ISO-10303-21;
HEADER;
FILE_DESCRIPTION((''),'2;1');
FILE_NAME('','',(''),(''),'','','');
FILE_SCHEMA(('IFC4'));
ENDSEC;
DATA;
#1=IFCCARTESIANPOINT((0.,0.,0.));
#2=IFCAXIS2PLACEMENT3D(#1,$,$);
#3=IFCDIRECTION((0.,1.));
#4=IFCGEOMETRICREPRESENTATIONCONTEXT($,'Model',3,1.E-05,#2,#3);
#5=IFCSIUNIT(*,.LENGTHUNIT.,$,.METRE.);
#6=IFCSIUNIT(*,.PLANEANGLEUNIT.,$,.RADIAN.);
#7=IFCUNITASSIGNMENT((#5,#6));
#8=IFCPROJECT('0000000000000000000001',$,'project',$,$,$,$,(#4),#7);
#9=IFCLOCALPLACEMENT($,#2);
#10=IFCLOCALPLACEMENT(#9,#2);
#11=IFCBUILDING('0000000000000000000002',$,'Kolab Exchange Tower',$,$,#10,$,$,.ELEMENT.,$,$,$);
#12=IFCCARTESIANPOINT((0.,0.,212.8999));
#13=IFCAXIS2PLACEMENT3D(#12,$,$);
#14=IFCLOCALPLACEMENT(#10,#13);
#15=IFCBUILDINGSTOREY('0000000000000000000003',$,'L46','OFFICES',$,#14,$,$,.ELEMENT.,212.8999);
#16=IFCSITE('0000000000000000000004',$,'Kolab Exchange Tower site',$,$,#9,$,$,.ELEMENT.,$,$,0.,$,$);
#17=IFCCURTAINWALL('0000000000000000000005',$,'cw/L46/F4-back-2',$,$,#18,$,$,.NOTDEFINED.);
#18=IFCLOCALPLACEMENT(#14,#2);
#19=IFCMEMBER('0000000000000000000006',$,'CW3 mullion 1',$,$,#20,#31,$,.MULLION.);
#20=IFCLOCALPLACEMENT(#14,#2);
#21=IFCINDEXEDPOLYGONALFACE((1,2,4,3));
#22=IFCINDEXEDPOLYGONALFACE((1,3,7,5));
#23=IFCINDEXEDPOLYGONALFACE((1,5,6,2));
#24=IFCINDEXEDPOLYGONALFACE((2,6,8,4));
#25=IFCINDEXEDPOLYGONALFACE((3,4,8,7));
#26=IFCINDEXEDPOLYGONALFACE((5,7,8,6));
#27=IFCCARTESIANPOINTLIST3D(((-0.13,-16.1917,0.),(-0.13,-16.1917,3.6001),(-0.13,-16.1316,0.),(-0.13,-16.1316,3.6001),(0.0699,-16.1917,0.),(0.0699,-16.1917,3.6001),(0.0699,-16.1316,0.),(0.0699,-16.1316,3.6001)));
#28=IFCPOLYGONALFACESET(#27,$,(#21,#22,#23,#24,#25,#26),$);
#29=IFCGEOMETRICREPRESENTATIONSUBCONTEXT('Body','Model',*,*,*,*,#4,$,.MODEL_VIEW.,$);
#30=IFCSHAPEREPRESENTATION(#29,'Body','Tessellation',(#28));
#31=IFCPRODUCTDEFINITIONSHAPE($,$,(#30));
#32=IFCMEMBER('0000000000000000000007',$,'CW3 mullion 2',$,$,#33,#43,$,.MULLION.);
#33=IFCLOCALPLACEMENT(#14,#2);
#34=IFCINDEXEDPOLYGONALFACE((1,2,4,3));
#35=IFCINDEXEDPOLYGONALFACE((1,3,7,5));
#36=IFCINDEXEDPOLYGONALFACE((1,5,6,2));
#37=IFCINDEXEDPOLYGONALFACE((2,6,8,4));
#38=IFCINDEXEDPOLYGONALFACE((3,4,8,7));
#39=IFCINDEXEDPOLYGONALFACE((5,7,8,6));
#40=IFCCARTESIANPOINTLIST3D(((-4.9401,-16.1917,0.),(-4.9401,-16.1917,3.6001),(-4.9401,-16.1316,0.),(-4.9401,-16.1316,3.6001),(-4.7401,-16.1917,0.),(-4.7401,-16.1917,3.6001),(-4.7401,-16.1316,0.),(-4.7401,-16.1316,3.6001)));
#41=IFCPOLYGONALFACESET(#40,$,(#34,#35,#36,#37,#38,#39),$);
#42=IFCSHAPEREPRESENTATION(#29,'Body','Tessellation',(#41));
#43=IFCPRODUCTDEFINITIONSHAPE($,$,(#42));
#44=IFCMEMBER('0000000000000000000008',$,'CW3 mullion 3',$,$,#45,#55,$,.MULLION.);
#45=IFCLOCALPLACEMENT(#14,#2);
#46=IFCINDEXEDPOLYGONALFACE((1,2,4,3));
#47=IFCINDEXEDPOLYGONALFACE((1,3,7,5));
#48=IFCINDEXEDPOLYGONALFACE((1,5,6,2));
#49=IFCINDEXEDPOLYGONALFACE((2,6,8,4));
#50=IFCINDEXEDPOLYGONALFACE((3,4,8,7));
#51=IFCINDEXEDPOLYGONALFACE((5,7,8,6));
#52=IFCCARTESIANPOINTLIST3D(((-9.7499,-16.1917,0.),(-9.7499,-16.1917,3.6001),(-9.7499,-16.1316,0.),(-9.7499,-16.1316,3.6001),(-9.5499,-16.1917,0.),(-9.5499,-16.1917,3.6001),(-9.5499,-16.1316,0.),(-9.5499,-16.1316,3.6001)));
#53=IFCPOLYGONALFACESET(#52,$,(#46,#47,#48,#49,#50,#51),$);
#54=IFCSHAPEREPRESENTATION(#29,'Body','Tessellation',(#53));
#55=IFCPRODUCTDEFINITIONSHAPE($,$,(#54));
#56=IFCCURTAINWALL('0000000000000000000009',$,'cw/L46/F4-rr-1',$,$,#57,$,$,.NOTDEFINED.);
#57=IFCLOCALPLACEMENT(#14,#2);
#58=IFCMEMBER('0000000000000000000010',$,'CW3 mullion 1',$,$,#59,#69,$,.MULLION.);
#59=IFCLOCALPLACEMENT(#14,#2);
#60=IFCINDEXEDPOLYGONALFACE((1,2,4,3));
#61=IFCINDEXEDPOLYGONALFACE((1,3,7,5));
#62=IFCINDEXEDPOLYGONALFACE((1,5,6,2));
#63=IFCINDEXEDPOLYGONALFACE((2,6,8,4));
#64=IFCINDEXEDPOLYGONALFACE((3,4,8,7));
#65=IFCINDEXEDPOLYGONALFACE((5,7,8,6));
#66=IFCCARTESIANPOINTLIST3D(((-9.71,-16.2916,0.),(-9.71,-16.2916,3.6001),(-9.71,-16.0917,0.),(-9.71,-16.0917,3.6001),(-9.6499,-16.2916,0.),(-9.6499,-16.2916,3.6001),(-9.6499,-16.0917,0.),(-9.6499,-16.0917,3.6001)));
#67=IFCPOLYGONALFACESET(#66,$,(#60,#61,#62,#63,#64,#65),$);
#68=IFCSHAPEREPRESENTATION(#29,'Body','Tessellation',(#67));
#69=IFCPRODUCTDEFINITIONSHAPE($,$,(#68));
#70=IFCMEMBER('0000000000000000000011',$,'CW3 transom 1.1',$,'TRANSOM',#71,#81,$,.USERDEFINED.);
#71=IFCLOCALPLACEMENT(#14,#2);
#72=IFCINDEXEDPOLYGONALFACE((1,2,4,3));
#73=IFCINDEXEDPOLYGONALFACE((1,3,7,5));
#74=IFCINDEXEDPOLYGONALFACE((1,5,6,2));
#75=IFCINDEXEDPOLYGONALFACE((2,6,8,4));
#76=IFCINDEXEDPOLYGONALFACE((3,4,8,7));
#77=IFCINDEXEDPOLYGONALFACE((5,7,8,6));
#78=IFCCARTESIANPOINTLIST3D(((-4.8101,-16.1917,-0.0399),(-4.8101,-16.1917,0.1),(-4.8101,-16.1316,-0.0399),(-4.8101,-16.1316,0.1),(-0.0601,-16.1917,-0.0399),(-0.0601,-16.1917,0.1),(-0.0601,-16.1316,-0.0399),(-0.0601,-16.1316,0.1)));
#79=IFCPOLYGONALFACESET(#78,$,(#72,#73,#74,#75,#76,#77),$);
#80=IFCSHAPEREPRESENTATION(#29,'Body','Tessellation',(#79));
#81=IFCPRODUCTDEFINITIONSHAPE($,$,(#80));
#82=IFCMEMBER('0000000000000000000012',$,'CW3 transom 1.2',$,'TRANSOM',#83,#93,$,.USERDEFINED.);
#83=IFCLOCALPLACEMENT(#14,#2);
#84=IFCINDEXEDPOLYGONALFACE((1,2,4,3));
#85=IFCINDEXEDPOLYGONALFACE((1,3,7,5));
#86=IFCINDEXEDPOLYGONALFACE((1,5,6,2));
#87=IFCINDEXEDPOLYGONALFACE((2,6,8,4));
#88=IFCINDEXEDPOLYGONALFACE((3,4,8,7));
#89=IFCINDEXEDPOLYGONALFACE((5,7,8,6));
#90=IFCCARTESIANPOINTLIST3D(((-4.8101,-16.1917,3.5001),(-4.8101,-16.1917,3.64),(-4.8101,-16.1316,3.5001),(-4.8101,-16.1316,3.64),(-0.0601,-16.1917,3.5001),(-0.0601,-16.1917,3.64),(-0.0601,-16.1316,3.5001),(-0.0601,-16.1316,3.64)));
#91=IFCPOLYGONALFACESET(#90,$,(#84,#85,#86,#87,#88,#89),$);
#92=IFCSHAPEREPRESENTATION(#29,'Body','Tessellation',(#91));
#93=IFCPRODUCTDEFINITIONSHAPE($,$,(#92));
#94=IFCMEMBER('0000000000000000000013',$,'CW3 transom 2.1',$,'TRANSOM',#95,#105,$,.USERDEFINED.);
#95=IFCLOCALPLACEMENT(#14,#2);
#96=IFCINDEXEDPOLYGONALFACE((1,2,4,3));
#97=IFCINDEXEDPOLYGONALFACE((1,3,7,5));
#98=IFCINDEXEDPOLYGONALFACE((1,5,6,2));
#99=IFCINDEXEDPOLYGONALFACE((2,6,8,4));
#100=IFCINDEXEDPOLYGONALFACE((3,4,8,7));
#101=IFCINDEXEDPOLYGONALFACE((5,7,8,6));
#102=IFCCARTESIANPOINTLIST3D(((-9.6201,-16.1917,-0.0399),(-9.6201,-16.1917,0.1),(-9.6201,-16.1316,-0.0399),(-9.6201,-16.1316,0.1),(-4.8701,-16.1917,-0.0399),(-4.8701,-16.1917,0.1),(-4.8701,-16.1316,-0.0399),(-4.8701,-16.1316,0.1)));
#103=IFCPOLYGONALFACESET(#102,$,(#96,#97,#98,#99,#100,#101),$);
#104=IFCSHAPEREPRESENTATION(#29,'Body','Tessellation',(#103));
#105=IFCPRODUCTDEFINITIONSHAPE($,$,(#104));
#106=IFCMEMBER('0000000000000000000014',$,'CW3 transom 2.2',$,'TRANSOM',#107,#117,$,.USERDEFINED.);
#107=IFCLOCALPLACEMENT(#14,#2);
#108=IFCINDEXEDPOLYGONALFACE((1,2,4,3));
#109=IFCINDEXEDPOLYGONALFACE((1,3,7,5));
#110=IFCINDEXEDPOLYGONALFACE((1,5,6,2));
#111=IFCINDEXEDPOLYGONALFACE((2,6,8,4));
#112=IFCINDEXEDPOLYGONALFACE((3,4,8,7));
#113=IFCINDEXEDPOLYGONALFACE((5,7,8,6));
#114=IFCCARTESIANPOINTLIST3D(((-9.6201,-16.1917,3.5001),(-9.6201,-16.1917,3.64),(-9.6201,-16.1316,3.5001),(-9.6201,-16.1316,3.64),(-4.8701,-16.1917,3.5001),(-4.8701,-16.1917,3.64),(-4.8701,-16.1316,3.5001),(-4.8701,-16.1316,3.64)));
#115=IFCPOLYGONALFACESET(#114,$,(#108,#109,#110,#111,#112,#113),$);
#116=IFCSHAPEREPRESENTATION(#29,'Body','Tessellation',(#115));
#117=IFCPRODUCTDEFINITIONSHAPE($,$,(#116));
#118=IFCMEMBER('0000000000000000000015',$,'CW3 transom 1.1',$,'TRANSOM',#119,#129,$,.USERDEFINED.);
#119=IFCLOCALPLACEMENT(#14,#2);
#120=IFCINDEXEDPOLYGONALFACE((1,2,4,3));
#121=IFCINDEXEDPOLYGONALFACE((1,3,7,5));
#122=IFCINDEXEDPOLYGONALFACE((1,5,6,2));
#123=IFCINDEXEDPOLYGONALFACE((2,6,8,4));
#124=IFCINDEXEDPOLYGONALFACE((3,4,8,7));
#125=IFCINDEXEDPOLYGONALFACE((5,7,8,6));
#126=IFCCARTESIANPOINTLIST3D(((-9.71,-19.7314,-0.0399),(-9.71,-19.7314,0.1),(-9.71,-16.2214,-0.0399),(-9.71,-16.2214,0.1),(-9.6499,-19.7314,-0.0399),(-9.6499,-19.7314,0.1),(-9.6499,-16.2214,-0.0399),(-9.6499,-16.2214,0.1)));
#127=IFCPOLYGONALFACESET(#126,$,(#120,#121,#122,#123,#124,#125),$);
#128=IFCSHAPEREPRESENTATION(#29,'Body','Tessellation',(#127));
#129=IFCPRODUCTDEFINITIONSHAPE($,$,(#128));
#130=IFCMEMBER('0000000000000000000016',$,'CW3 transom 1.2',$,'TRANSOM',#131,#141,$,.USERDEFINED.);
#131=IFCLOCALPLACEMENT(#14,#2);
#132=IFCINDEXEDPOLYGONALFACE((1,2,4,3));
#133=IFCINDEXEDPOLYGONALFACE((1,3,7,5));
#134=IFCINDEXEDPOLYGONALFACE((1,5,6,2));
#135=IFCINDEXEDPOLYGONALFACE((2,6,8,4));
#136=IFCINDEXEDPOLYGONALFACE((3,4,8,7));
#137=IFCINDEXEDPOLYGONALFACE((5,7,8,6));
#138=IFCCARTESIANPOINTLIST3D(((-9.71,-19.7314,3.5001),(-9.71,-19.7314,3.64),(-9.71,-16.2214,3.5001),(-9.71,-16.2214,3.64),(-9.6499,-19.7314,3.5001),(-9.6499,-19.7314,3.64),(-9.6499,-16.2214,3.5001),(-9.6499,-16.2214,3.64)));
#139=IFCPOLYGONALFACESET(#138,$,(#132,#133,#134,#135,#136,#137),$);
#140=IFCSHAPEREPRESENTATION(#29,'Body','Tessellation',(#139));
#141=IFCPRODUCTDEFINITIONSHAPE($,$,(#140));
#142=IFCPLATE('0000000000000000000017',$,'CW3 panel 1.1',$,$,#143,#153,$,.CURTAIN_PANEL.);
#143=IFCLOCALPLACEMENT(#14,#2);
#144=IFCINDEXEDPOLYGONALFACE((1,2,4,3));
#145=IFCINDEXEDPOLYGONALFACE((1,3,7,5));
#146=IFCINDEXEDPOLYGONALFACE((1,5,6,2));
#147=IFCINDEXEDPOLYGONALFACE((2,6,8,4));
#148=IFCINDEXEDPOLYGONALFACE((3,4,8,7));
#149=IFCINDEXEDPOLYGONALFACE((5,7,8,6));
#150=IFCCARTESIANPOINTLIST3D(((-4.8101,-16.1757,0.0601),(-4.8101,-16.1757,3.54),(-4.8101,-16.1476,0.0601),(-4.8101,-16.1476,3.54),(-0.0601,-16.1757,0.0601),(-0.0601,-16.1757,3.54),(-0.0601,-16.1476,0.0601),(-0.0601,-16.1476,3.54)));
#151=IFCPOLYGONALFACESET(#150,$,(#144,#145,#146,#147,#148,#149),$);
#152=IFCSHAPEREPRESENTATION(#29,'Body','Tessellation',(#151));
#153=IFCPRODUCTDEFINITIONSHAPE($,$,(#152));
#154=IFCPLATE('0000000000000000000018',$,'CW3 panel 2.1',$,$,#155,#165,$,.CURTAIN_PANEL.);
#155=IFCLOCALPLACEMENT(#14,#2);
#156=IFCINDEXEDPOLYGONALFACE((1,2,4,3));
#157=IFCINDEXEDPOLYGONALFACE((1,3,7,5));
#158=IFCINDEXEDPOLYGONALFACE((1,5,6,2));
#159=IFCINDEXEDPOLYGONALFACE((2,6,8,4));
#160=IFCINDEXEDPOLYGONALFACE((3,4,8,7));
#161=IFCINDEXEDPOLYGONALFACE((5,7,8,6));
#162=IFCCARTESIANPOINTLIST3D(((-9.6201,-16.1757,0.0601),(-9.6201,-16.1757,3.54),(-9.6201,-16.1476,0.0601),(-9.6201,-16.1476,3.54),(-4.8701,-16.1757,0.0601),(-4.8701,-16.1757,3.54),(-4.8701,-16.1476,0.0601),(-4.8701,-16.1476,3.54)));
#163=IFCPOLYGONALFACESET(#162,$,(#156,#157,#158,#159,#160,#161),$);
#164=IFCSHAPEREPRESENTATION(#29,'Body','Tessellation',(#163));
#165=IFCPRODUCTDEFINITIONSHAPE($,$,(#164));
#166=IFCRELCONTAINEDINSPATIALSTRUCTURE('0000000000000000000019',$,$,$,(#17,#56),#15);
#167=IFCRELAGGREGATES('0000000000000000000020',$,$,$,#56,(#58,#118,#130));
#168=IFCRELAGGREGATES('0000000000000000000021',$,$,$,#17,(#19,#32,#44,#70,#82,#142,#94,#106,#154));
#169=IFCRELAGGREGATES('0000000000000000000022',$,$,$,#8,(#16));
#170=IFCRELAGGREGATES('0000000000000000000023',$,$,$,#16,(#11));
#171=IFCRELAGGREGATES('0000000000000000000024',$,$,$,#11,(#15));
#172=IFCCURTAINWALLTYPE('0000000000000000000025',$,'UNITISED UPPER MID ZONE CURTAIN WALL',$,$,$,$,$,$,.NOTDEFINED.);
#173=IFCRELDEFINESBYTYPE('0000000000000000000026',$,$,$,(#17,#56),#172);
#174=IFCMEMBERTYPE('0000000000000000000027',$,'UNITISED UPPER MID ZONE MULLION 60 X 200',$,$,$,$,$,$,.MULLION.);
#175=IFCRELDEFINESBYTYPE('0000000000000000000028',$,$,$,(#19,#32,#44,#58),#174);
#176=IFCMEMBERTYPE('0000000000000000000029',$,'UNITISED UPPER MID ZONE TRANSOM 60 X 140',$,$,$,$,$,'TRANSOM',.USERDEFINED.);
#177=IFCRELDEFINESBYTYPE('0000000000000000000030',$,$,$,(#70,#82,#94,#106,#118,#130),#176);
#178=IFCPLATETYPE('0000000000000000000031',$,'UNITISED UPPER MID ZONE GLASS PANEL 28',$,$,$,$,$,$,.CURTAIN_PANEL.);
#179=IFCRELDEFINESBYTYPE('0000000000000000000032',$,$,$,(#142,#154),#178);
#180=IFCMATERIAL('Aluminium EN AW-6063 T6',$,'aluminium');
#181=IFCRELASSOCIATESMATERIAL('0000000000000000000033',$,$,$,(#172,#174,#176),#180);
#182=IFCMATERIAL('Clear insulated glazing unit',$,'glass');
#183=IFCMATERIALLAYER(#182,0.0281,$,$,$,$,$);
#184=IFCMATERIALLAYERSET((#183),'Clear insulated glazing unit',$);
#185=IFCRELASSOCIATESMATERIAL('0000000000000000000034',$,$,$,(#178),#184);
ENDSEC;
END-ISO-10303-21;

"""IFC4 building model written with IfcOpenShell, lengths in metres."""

from ifc_helpers import new_model, si_unit, direction, frame, origin, origin_2d, place, context, subcontext, project, spatial, rectangle, extrude, material, layer, layer_set, material_profile, profile_set, type_object, element, aggregate, save


model = new_model("IFC4")

# Units and contexts
model_context = context("Model", 3, precision=1e-05, world=origin(), true_north=direction((0.0, 1.0)))
body_context = subcontext(model_context, "Body", "Model", "MODEL_VIEW")
ifc_project = project(units=[si_unit("LENGTHUNIT", "METRE"), si_unit("PLANEANGLEUNIT", "RADIAN")], contexts=[model_context])

# Site, building, storey
site_placement = place(None, origin())
site = spatial("IfcSite", under=ifc_project, at=site_placement, Name="Kolab Exchange Tower site", CompositionType="ELEMENT", RefElevation=0.0)
building_placement = place(site_placement, origin())
building = spatial("IfcBuilding", under=site, at=building_placement, Name="Kolab Exchange Tower", CompositionType="ELEMENT")
storey_placement = place(building_placement, frame((0.0, 0.0, 212.8999)))
storey = spatial("IfcBuildingStorey", under=building, at=storey_placement, Name="L46", Description="OFFICES", CompositionType="ELEMENT", Elevation=212.8999)

# Curtain wall, members
ifc_material_1 = material(Name="Aluminium EN AW-6063 T6", Category="aluminium")
curtain_wall_type = type_object("IfcCurtainWallType", Name="UNITISED UPPER MID ZONE CURTAIN WALL", PredefinedType="NOTDEFINED", material=ifc_material_1)
curtain_wall_1_placement = place(storey_placement, origin())
curtain_wall_1 = element("IfcCurtainWall", 1, at=curtain_wall_1_placement, inside=storey, type_object=curtain_wall_type, Name="cw/L46/F4-back-2", PredefinedType="NOTDEFINED")
ifc_material_profile_1 = material_profile(ifc_material_1, rectangle(XDim=0.0601, YDim=0.2, at=origin_2d()), Name="RECT 60X200")
ifc_profile_set_1 = profile_set([ifc_material_profile_1], Name="Aluminium EN AW-6063 T6")
member_type_1 = type_object("IfcMemberType", Name="UNITISED UPPER MID ZONE MULLION 60 X 200", PredefinedType="MULLION", material=ifc_profile_set_1)
member_1_placement = place(storey_placement, frame((-0.03, -16.1616, 0.0), z_axis=(0.0, 0.0, 1.0), x_axis=(0.0, -1.0, 0.0)))
member_1 = element("IfcMember", 2, at=member_1_placement, type_object=member_type_1, Name="CW3 mullion 1", PredefinedType="MULLION", context=body_context, shape_type="SweptSolid", body=[
    extrude(rectangle(XDim=0.0601, YDim=0.2, at=origin_2d()), origin(), (0.0, 0.0, 1.0), 3.6001),
])
member_2_placement = place(storey_placement, frame((-4.8401, -16.1616, 0.0), z_axis=(0.0, 0.0, 1.0), x_axis=(0.0, -1.0, 0.0)))
member_2 = element("IfcMember", 3, at=member_2_placement, type_object=member_type_1, Name="CW3 mullion 2", PredefinedType="MULLION", context=body_context, shape_type="SweptSolid", body=[
    extrude(rectangle(XDim=0.0601, YDim=0.2, at=origin_2d()), origin(), (0.0, 0.0, 1.0), 3.6001),
])
member_3_placement = place(storey_placement, frame((-9.6499, -16.1616, 0.0), z_axis=(0.0, 0.0, 1.0), x_axis=(0.0, -1.0, 0.0)))
member_3 = element("IfcMember", 4, at=member_3_placement, type_object=member_type_1, Name="CW3 mullion 3", PredefinedType="MULLION", context=body_context, shape_type="SweptSolid", body=[
    extrude(rectangle(XDim=0.0601, YDim=0.2, at=origin_2d()), origin(), (0.0, 0.0, 1.0), 3.6001),
])

# Curtain wall, member
curtain_wall_2_placement = place(storey_placement, origin())
curtain_wall_2 = element("IfcCurtainWall", 5, at=curtain_wall_2_placement, inside=storey, type_object=curtain_wall_type, Name="cw/L46/F4-rr-1", PredefinedType="NOTDEFINED")
member_4_placement = place(storey_placement, frame((-9.6799, -16.1917, 0.0), z_axis=(0.0, 0.0, 1.0), x_axis=(1.0, 0.0, 0.0)))
member_4 = element("IfcMember", 6, at=member_4_placement, type_object=member_type_1, Name="CW3 mullion 1", PredefinedType="MULLION", context=body_context, shape_type="SweptSolid", body=[
    extrude(rectangle(XDim=0.0601, YDim=0.2, at=origin_2d()), origin(), (0.0, 0.0, 1.0), 3.6001),
])

# Members
ifc_material_profile_2 = material_profile(ifc_material_1, rectangle(XDim=0.0601, YDim=0.1399, at=origin_2d()), Name="RECT 60X140")
ifc_profile_set_2 = profile_set([ifc_material_profile_2], Name="Aluminium EN AW-6063 T6")
member_type_2 = type_object("IfcMemberType", Name="UNITISED UPPER MID ZONE TRANSOM 60 X 140", ElementType="TRANSOM", PredefinedType="USERDEFINED", material=ifc_profile_set_2)
member_5_placement = place(storey_placement, frame((-0.0601, -16.1616, 0.03), z_axis=(-1.0, 0.0, 0.0), x_axis=(0.0, -1.0, 0.0)))
member_5 = element("IfcMember", 7, at=member_5_placement, type_object=member_type_2, Name="CW3 transom 1.1", ObjectType="TRANSOM", PredefinedType="USERDEFINED", context=body_context, shape_type="SweptSolid", body=[
    extrude(rectangle(XDim=0.0601, YDim=0.1399, at=origin_2d()), origin(), (0.0, 0.0, 1.0), 4.75),
])
member_6_placement = place(storey_placement, frame((-0.0601, -16.1616, 3.5701), z_axis=(-1.0, 0.0, 0.0), x_axis=(0.0, -1.0, 0.0)))
member_6 = element("IfcMember", 8, at=member_6_placement, type_object=member_type_2, Name="CW3 transom 1.2", ObjectType="TRANSOM", PredefinedType="USERDEFINED", context=body_context, shape_type="SweptSolid", body=[
    extrude(rectangle(XDim=0.0601, YDim=0.1399, at=origin_2d()), origin(), (0.0, 0.0, 1.0), 4.75),
])
member_7_placement = place(storey_placement, frame((-4.8701, -16.1616, 0.03), z_axis=(-1.0, 0.0, 0.0), x_axis=(0.0, -1.0, 0.0)))
member_7 = element("IfcMember", 9, at=member_7_placement, type_object=member_type_2, Name="CW3 transom 2.1", ObjectType="TRANSOM", PredefinedType="USERDEFINED", context=body_context, shape_type="SweptSolid", body=[
    extrude(rectangle(XDim=0.0601, YDim=0.1399, at=origin_2d()), origin(), (0.0, 0.0, 1.0), 4.75),
])
member_8_placement = place(storey_placement, frame((-4.8701, -16.1616, 3.5701), z_axis=(-1.0, 0.0, 0.0), x_axis=(0.0, -1.0, 0.0)))
member_8 = element("IfcMember", 10, at=member_8_placement, type_object=member_type_2, Name="CW3 transom 2.2", ObjectType="TRANSOM", PredefinedType="USERDEFINED", context=body_context, shape_type="SweptSolid", body=[
    extrude(rectangle(XDim=0.0601, YDim=0.1399, at=origin_2d()), origin(), (0.0, 0.0, 1.0), 4.75),
])
member_9_placement = place(storey_placement, frame((-9.6799, -16.2214, 0.03), z_axis=(0.0, -1.0, 0.0), x_axis=(1.0, 0.0, 0.0)))
member_9 = element("IfcMember", 11, at=member_9_placement, type_object=member_type_2, Name="CW3 transom 1.1", ObjectType="TRANSOM", PredefinedType="USERDEFINED", context=body_context, shape_type="SweptSolid", body=[
    extrude(rectangle(XDim=0.0601, YDim=0.1399, at=origin_2d()), origin(), (0.0, 0.0, 1.0), 3.51),
])
member_10_placement = place(storey_placement, frame((-9.6799, -16.2214, 3.5701), z_axis=(0.0, -1.0, 0.0), x_axis=(1.0, 0.0, 0.0)))
member_10 = element("IfcMember", 12, at=member_10_placement, type_object=member_type_2, Name="CW3 transom 1.2", ObjectType="TRANSOM", PredefinedType="USERDEFINED", context=body_context, shape_type="SweptSolid", body=[
    extrude(rectangle(XDim=0.0601, YDim=0.1399, at=origin_2d()), origin(), (0.0, 0.0, 1.0), 3.51),
])
aggregate(curtain_wall_2, [member_4, member_9, member_10])

# Plates
ifc_material_2 = material(Name="Clear insulated glazing unit", Category="glass")
ifc_layer_1 = layer(ifc_material_2, 0.0281)
ifc_layer_set_1 = layer_set([ifc_layer_1], Name="Clear insulated glazing unit")
plate_type = type_object("IfcPlateType", Name="UNITISED UPPER MID ZONE GLASS PANEL 28", PredefinedType="CURTAIN_PANEL", material=ifc_layer_set_1)
plate_1_placement = place(storey_placement, frame((-2.4351, -16.1616, 0.0601), z_axis=(0.0, 0.0, 1.0), x_axis=(-1.0, 0.0, 0.0)))
plate_1 = element("IfcPlate", 13, at=plate_1_placement, type_object=plate_type, Name="CW3 panel 1.1", PredefinedType="CURTAIN_PANEL", context=body_context, shape_type="SweptSolid", body=[
    extrude(rectangle(XDim=4.75, YDim=0.0281, at=origin_2d()), origin(), (0.0, 0.0, 1.0), 3.48),
])
plate_2_placement = place(storey_placement, frame((-7.2451, -16.1616, 0.0601), z_axis=(0.0, 0.0, 1.0), x_axis=(-1.0, 0.0, 0.0)))
plate_2 = element("IfcPlate", 14, at=plate_2_placement, type_object=plate_type, Name="CW3 panel 2.1", PredefinedType="CURTAIN_PANEL", context=body_context, shape_type="SweptSolid", body=[
    extrude(rectangle(XDim=4.75, YDim=0.0281, at=origin_2d()), origin(), (0.0, 0.0, 1.0), 3.48),
])
aggregate(curtain_wall_1, [member_1, member_2, member_3, member_5, member_6, plate_1, member_7, member_8, plate_2])

save(model, "model.ifc")
